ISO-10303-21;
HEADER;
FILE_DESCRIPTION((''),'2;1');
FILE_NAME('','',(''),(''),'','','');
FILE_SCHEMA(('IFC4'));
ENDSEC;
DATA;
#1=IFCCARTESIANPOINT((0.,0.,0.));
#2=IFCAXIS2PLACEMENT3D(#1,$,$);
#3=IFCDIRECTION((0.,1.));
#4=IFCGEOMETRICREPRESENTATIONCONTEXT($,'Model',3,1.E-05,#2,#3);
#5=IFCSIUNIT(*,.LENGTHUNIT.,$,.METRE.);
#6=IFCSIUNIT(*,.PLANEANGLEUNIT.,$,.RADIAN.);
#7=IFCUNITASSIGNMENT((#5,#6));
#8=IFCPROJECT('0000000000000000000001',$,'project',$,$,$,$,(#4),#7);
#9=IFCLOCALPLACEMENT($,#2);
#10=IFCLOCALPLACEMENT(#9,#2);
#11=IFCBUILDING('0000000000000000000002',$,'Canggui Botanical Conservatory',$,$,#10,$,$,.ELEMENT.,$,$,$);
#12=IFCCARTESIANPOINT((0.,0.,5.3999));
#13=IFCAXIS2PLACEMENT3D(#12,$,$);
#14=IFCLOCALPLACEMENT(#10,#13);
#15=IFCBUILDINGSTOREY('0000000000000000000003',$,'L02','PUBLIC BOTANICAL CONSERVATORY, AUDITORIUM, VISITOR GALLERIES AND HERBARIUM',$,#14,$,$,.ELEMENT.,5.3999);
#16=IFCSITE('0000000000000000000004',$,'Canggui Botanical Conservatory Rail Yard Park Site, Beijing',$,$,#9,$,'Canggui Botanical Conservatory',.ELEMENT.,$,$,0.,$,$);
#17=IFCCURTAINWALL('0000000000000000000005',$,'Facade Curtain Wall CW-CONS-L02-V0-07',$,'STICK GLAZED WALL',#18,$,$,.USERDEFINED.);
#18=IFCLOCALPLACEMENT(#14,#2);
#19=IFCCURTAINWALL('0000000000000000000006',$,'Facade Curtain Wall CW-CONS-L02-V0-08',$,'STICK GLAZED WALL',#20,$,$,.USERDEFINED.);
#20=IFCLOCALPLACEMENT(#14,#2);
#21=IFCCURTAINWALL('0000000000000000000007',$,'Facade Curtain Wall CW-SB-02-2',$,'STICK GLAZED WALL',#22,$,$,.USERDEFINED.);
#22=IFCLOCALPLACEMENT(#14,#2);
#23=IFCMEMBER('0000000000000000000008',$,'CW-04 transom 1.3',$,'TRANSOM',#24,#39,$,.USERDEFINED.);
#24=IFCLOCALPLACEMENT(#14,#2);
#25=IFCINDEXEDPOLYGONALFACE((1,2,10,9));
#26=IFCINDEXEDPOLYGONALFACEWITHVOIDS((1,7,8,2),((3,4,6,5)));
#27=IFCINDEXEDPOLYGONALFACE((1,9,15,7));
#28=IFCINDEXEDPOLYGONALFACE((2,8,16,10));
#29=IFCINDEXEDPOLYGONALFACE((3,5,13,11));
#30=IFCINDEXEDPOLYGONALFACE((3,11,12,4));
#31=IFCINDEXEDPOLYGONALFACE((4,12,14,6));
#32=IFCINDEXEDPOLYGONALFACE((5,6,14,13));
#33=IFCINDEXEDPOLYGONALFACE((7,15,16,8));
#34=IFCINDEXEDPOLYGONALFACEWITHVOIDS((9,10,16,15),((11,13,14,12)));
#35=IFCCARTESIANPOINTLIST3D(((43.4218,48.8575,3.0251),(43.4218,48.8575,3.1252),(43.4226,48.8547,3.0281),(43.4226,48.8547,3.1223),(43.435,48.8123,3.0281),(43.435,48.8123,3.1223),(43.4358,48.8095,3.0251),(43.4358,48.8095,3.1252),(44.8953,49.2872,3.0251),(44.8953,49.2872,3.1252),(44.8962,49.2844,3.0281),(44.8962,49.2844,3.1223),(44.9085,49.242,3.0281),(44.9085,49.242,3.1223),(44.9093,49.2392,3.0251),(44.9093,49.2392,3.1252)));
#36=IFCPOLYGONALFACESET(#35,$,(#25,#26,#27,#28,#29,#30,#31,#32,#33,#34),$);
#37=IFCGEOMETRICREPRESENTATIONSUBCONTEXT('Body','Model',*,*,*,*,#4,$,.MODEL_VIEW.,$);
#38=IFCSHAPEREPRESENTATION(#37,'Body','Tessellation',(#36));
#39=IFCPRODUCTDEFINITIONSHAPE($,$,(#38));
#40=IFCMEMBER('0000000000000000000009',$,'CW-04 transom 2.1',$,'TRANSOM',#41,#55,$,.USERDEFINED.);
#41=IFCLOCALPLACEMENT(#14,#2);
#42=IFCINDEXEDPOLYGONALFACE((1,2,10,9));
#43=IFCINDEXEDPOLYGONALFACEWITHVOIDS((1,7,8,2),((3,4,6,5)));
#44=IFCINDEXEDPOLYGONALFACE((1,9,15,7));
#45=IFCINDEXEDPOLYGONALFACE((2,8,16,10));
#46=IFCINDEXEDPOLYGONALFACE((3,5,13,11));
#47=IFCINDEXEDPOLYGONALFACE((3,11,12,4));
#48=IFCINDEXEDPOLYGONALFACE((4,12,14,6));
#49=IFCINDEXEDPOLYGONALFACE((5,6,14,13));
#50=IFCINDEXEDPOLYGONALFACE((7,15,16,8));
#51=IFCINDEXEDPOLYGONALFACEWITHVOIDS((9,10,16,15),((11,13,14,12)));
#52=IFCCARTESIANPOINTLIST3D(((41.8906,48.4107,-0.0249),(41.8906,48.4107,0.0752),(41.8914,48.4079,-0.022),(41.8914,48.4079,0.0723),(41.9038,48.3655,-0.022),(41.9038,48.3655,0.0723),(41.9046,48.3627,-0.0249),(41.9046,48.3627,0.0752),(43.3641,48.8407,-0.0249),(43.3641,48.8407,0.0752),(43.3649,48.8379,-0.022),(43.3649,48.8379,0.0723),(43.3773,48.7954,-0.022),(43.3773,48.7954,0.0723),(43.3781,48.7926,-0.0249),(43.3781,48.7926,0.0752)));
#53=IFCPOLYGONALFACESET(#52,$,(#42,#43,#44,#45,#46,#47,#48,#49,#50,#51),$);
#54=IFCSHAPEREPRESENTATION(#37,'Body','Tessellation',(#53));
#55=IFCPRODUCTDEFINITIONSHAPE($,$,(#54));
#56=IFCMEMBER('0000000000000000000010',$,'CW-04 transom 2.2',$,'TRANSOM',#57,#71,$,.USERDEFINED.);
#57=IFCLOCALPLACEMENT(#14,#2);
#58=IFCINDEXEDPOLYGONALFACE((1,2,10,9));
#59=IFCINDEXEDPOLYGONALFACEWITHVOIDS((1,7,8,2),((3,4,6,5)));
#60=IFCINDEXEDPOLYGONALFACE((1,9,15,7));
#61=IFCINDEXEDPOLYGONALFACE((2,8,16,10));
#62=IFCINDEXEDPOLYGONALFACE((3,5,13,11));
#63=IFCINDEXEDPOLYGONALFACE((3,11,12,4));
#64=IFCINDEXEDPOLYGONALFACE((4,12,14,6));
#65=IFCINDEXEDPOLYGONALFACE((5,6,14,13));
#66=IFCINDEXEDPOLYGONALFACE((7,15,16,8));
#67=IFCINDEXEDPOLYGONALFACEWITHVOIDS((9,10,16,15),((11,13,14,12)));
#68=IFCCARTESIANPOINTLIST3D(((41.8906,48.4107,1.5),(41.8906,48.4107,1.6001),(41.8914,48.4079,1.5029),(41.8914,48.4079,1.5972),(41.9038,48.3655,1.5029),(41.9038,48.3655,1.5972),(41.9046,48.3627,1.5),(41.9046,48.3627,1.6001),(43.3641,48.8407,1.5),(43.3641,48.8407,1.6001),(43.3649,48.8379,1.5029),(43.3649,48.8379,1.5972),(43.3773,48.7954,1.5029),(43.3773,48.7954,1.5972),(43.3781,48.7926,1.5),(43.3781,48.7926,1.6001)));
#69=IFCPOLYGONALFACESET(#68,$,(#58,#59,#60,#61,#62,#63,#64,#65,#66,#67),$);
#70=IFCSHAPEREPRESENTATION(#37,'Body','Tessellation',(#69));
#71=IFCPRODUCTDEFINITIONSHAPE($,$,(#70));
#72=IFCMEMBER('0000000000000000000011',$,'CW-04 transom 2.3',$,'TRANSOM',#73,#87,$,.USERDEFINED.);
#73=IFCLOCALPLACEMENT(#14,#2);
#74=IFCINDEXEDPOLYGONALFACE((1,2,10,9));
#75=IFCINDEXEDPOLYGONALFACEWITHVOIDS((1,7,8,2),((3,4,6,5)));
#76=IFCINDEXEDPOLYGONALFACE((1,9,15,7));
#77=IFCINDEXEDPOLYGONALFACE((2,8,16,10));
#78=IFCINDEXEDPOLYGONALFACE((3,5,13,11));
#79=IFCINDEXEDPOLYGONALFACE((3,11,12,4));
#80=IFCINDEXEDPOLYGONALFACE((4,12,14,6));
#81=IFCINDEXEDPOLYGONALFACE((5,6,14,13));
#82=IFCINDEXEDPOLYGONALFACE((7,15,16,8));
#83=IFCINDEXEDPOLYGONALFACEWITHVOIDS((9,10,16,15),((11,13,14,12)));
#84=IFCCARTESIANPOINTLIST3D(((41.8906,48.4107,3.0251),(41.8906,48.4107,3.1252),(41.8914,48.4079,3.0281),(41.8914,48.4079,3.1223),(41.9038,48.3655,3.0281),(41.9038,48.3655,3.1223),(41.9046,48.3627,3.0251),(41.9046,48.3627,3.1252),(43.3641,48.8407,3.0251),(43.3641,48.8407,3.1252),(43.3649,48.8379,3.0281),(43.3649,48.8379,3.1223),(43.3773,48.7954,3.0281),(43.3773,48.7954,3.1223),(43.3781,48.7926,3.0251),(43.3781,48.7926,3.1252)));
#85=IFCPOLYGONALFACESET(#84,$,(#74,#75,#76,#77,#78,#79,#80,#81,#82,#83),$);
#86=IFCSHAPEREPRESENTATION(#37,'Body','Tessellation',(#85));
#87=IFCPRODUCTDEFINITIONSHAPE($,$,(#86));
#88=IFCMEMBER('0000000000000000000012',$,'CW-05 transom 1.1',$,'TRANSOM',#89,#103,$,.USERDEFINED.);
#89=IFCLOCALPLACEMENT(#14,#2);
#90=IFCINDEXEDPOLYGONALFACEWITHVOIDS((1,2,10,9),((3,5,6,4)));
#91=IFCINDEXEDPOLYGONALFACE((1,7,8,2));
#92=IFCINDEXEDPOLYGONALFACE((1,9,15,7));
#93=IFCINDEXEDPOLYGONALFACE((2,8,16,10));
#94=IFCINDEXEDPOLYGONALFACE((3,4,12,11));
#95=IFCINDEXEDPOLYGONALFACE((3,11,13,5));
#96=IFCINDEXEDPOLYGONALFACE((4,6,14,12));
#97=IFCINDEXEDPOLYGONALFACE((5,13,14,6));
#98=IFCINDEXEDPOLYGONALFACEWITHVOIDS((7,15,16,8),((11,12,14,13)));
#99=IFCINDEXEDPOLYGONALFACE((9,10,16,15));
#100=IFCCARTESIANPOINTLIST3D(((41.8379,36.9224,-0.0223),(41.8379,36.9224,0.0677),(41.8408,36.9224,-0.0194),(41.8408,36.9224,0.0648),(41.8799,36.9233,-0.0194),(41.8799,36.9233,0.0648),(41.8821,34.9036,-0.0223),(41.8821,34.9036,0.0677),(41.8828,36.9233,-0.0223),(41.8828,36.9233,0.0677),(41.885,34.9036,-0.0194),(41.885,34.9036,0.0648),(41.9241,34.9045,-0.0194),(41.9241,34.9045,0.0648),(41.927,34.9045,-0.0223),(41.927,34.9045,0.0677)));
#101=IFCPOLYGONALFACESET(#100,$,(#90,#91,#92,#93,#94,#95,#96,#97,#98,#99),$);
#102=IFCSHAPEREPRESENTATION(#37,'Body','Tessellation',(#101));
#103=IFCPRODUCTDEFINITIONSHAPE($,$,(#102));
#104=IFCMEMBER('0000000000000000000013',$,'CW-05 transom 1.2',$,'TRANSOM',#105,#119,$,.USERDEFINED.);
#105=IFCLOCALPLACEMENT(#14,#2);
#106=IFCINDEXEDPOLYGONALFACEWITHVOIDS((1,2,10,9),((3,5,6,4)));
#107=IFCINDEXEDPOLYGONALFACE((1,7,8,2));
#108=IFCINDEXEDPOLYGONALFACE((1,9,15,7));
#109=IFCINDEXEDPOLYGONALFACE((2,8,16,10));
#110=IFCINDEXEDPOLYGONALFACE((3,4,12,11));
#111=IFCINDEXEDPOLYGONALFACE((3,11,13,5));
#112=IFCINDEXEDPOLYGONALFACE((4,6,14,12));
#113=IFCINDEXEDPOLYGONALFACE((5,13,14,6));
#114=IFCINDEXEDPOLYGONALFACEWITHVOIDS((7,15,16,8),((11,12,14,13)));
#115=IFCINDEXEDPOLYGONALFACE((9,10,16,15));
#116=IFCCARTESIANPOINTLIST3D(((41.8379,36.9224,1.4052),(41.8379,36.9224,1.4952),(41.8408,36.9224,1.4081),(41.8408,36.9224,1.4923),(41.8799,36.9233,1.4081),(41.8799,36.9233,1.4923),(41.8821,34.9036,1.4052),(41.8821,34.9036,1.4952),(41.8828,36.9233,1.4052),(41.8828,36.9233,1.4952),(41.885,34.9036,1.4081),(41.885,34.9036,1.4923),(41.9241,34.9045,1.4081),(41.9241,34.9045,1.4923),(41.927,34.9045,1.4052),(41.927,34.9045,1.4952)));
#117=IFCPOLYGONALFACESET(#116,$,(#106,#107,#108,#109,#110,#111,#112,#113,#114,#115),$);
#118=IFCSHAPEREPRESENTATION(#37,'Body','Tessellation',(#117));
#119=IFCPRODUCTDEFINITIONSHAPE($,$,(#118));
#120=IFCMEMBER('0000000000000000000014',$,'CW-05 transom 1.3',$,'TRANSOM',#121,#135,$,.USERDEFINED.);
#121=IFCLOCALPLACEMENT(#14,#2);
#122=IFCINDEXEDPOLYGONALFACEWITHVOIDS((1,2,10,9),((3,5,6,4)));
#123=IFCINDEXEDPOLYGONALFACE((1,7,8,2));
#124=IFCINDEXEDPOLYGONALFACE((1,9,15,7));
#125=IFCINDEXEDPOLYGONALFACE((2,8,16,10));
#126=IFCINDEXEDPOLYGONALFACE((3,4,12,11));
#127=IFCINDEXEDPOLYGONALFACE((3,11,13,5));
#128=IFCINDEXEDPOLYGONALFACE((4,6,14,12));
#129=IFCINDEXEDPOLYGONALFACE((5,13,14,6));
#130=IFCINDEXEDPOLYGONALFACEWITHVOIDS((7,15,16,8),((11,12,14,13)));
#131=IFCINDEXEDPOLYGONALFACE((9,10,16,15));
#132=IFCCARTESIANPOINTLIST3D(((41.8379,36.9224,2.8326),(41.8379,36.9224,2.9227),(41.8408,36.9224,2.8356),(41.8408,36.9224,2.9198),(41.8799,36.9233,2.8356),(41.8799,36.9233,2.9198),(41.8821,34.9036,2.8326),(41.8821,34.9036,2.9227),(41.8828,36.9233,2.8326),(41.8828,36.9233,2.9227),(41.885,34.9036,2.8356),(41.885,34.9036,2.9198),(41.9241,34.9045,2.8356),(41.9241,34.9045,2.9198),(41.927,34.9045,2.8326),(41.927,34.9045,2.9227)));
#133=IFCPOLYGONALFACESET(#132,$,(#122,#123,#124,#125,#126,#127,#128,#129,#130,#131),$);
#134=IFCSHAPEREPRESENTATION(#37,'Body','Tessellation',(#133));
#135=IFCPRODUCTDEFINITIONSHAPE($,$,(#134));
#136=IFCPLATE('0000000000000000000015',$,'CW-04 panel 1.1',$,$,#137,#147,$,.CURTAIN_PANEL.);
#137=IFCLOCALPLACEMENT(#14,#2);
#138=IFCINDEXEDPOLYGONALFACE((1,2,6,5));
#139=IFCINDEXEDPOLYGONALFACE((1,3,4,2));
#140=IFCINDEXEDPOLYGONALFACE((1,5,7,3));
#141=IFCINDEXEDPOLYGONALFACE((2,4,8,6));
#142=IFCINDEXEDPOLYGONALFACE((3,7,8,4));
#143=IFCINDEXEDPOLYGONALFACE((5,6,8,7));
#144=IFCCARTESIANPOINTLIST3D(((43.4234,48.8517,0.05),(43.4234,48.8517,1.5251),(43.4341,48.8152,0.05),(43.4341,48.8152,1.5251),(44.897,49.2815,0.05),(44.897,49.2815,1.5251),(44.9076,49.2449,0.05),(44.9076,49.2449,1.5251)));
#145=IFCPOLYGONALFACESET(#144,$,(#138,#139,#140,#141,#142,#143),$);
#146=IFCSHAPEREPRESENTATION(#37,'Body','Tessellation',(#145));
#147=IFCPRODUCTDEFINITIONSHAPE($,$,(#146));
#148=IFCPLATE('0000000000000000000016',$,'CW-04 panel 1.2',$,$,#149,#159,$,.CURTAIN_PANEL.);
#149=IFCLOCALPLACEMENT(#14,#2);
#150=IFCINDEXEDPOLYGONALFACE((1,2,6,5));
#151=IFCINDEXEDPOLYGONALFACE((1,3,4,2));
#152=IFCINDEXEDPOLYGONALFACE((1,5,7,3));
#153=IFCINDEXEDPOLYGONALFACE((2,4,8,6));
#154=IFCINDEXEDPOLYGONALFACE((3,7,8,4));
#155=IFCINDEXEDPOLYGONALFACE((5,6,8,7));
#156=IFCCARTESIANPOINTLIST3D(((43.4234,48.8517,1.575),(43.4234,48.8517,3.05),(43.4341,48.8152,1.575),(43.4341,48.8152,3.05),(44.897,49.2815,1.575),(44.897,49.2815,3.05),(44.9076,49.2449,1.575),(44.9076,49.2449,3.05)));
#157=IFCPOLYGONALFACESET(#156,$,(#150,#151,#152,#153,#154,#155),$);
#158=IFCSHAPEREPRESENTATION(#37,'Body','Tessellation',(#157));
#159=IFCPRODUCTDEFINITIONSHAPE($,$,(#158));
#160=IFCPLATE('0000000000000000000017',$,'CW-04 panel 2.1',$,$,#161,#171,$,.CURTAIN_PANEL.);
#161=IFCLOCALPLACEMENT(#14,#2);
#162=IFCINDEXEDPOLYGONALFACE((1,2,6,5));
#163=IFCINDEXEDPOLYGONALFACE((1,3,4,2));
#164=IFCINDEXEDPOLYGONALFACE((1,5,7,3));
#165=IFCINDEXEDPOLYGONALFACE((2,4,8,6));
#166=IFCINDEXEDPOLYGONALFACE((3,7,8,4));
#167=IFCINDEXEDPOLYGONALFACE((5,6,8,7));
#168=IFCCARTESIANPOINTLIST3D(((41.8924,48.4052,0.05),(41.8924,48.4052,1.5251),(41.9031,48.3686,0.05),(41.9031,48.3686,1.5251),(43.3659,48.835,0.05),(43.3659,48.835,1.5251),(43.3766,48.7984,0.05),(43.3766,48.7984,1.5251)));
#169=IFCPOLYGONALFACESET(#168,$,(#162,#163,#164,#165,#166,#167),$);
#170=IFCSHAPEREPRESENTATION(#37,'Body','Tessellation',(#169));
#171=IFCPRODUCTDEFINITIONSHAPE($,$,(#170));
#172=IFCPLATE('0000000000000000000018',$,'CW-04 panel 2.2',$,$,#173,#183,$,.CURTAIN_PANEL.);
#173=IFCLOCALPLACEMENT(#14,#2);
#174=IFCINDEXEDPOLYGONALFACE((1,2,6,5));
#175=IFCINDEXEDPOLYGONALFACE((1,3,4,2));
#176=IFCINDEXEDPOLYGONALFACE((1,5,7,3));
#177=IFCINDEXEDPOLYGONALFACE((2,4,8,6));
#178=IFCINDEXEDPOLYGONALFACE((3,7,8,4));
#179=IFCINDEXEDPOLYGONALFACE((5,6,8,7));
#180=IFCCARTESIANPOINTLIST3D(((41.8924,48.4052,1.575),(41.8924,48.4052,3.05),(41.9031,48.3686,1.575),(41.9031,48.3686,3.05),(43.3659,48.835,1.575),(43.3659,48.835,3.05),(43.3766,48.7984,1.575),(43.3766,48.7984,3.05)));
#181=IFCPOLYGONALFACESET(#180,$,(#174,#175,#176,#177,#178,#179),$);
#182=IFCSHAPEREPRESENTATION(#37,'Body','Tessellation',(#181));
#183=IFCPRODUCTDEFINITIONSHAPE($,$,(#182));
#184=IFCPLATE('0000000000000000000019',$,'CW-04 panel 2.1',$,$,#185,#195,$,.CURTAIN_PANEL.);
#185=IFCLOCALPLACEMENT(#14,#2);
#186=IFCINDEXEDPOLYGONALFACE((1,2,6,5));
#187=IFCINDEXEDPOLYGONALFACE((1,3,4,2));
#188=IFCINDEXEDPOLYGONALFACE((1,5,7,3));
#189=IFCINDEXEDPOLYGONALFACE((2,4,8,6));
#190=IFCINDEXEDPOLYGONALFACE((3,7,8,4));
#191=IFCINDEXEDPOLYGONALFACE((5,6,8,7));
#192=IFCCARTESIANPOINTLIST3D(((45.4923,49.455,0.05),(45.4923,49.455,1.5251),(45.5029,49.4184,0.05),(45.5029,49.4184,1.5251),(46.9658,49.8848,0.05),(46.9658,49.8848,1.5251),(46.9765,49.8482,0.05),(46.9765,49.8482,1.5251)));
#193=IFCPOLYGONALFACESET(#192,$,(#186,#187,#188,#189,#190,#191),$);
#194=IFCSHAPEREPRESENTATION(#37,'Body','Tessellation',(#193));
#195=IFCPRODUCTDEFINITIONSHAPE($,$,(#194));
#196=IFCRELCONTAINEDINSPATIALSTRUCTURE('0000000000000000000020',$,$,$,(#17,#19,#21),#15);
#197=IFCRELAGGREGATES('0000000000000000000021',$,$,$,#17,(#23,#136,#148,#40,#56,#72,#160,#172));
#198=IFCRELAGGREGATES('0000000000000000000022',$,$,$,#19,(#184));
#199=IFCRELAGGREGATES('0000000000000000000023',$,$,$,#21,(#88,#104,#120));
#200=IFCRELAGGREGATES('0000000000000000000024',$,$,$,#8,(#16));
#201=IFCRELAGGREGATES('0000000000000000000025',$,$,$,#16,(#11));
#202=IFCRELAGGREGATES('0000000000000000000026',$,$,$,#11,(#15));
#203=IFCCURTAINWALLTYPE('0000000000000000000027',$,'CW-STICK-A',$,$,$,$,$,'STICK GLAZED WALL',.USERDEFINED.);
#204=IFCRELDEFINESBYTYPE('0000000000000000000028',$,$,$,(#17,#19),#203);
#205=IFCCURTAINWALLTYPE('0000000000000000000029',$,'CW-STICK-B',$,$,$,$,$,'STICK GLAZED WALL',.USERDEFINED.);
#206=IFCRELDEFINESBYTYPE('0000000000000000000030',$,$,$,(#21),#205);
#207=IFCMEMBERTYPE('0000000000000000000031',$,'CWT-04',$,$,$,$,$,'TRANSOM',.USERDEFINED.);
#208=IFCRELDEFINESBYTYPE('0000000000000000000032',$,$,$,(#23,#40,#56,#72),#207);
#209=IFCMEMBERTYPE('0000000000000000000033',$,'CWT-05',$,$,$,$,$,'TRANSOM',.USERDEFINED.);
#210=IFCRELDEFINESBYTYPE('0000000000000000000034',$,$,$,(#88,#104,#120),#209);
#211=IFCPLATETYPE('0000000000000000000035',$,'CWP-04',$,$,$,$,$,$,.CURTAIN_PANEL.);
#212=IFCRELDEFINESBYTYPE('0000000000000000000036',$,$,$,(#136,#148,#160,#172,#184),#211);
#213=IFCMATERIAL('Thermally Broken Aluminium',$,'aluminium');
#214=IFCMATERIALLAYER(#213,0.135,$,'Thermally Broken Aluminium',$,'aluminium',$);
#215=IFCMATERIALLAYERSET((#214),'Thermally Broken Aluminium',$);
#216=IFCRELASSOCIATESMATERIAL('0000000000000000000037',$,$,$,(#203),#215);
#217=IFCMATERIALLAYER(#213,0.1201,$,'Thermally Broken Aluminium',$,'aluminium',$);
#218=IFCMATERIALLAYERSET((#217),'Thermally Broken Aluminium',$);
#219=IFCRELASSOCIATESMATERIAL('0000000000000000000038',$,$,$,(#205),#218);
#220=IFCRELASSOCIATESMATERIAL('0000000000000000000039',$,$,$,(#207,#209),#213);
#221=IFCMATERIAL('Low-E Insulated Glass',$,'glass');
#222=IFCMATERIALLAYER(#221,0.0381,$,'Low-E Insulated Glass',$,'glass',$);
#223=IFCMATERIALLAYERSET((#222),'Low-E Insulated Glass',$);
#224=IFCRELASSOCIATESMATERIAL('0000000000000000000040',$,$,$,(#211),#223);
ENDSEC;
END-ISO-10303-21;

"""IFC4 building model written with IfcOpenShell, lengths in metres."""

from ifc_helpers import new_model, si_unit, direction, frame, origin, origin_2d, place, context, subcontext, project, spatial, rectangle, hollow_rectangle, extrude, material, layer, layer_set, material_profile, profile_set, type_object, element, aggregate, save


model = new_model("IFC4")

# Units and contexts
model_context = context("Model", 3, precision=1e-05, world=origin(), true_north=direction((0.0, 1.0)))
body_context = subcontext(model_context, "Body", "Model", "MODEL_VIEW")
ifc_project = project(units=[si_unit("LENGTHUNIT", "METRE"), si_unit("PLANEANGLEUNIT", "RADIAN")], contexts=[model_context])

# Site, building, storey
site_placement = place(None, origin())
site = spatial("IfcSite", under=ifc_project, at=site_placement, Name="Canggui Botanical Conservatory Rail Yard Park Site, Beijing", LongName="Canggui Botanical Conservatory", CompositionType="ELEMENT", RefElevation=0.0)
building_placement = place(site_placement, origin())
building = spatial("IfcBuilding", under=site, at=building_placement, Name="Canggui Botanical Conservatory", CompositionType="ELEMENT")
storey_placement = place(building_placement, frame((0.0, 0.0, 5.3999)))
storey = spatial("IfcBuildingStorey", under=building, at=storey_placement, Name="L02", Description="PUBLIC BOTANICAL CONSERVATORY, AUDITORIUM, VISITOR GALLERIES AND HERBARIUM", CompositionType="ELEMENT", Elevation=5.3999)

# Curtain wall
ifc_material_1 = material(Name="Thermally Broken Aluminium", Category="aluminium")
ifc_layer_1 = layer(ifc_material_1, 0.135, Name="Thermally Broken Aluminium", Category="aluminium")
ifc_layer_set_1 = layer_set([ifc_layer_1], Name="Thermally Broken Aluminium")
curtain_wall_type_1 = type_object("IfcCurtainWallType", Name="CW-STICK-A", ElementType="STICK GLAZED WALL", PredefinedType="USERDEFINED", material=ifc_layer_set_1)
curtain_wall_1_placement = place(storey_placement, origin())
curtain_wall_1 = element("IfcCurtainWall", 1, at=curtain_wall_1_placement, inside=storey, type_object=curtain_wall_type_1, Name="Facade Curtain Wall CW-CONS-L02-V0-07", ObjectType="STICK GLAZED WALL", PredefinedType="USERDEFINED")

# Curtain walls
curtain_wall_2_placement = place(storey_placement, origin())
curtain_wall_2 = element("IfcCurtainWall", 2, at=curtain_wall_2_placement, inside=storey, type_object=curtain_wall_type_1, Name="Facade Curtain Wall CW-CONS-L02-V0-08", ObjectType="STICK GLAZED WALL", PredefinedType="USERDEFINED")
ifc_layer_2 = layer(ifc_material_1, 0.1201, Name="Thermally Broken Aluminium", Category="aluminium")
ifc_layer_set_2 = layer_set([ifc_layer_2], Name="Thermally Broken Aluminium")
curtain_wall_type_2 = type_object("IfcCurtainWallType", Name="CW-STICK-B", ElementType="STICK GLAZED WALL", PredefinedType="USERDEFINED", material=ifc_layer_set_2)
curtain_wall_3_placement = place(storey_placement, origin())
curtain_wall_3 = element("IfcCurtainWall", 3, at=curtain_wall_3_placement, inside=storey, type_object=curtain_wall_type_2, Name="Facade Curtain Wall CW-SB-02-2", ObjectType="STICK GLAZED WALL", PredefinedType="USERDEFINED")

# Members
ifc_material_profile_1 = material_profile(ifc_material_1, hollow_rectangle(XDim=0.05, YDim=0.1001, WallThickness=0.0029, at=origin_2d()), Name="CWT 50x100x3")
ifc_profile_set_1 = profile_set([ifc_material_profile_1], Name="Thermally Broken Aluminium")
member_type_1 = type_object("IfcMemberType", Name="CWT-04", ElementType="TRANSOM", PredefinedType="USERDEFINED", material=ifc_profile_set_1)
member_1_placement = place(storey_placement, frame((44.9023, 49.2632, 3.0752), z_axis=(-0.960021, -0.279927, 0.0), x_axis=(0.279927, -0.960021, 0.0)))
member_1 = element("IfcMember", 4, at=member_1_placement, type_object=member_type_1, Name="CW-04 transom 1.3", ObjectType="TRANSOM", PredefinedType="USERDEFINED", context=body_context, shape_type="SweptSolid", body=[
    extrude(hollow_rectangle(XDim=0.05, YDim=0.1001, WallThickness=0.0029, at=origin_2d()), origin(), (0.0, 0.0, 1.0), 1.5349),
])
member_2_placement = place(storey_placement, frame((43.3711, 48.8167, 0.0251), z_axis=(-0.959966, -0.280116, 0.0), x_axis=(0.280116, -0.959966, 0.0)))
member_2 = element("IfcMember", 5, at=member_2_placement, type_object=member_type_1, Name="CW-04 transom 2.1", ObjectType="TRANSOM", PredefinedType="USERDEFINED", context=body_context, shape_type="SweptSolid", body=[
    extrude(hollow_rectangle(XDim=0.05, YDim=0.1001, WallThickness=0.0029, at=origin_2d()), origin(), (0.0, 0.0, 1.0), 1.5349),
])
member_3_placement = place(storey_placement, frame((43.3711, 48.8167, 1.55), z_axis=(-0.959966, -0.280116, 0.0), x_axis=(0.280116, -0.959966, 0.0)))
member_3 = element("IfcMember", 6, at=member_3_placement, type_object=member_type_1, Name="CW-04 transom 2.2", ObjectType="TRANSOM", PredefinedType="USERDEFINED", context=body_context, shape_type="SweptSolid", body=[
    extrude(hollow_rectangle(XDim=0.05, YDim=0.1001, WallThickness=0.0029, at=origin_2d()), origin(), (0.0, 0.0, 1.0), 1.5349),
])
member_4_placement = place(storey_placement, frame((43.3711, 48.8167, 3.0752), z_axis=(-0.959966, -0.280116, 0.0), x_axis=(0.280116, -0.959966, 0.0)))
member_4 = element("IfcMember", 7, at=member_4_placement, type_object=member_type_1, Name="CW-04 transom 2.3", ObjectType="TRANSOM", PredefinedType="USERDEFINED", context=body_context, shape_type="SweptSolid", body=[
    extrude(hollow_rectangle(XDim=0.05, YDim=0.1001, WallThickness=0.0029, at=origin_2d()), origin(), (0.0, 0.0, 1.0), 1.5349),
])
ifc_material_profile_2 = material_profile(ifc_material_1, hollow_rectangle(XDim=0.0449, YDim=0.0901, WallThickness=0.0029, at=origin_2d()), Name="CWT 45x90x3")
ifc_profile_set_2 = profile_set([ifc_material_profile_2], Name="Thermally Broken Aluminium")
member_type_2 = type_object("IfcMemberType", Name="CWT-05", ElementType="TRANSOM", PredefinedType="USERDEFINED", material=ifc_profile_set_2)
member_5_placement = place(storey_placement, frame((41.9045, 34.9041, 0.0227), z_axis=(-0.021884, 0.999761, 0.0), x_axis=(-0.999761, -0.021884, 0.0)))
member_5 = element("IfcMember", 8, at=member_5_placement, type_object=member_type_2, Name="CW-05 transom 1.1", ObjectType="TRANSOM", PredefinedType="USERDEFINED", context=body_context, shape_type="SweptSolid", body=[
    extrude(hollow_rectangle(XDim=0.0449, YDim=0.0901, WallThickness=0.0029, at=origin_2d()), origin(), (0.0, 0.0, 1.0), 2.0193),
])
member_6_placement = place(storey_placement, frame((41.9045, 34.9041, 1.4502), z_axis=(-0.021884, 0.999761, 0.0), x_axis=(-0.999761, -0.021884, 0.0)))
member_6 = element("IfcMember", 9, at=member_6_placement, type_object=member_type_2, Name="CW-05 transom 1.2", ObjectType="TRANSOM", PredefinedType="USERDEFINED", context=body_context, shape_type="SweptSolid", body=[
    extrude(hollow_rectangle(XDim=0.0449, YDim=0.0901, WallThickness=0.0029, at=origin_2d()), origin(), (0.0, 0.0, 1.0), 2.0193),
])
member_7_placement = place(storey_placement, frame((41.9045, 34.9041, 2.8777), z_axis=(-0.021884, 0.999761, 0.0), x_axis=(-0.999761, -0.021884, 0.0)))
member_7 = element("IfcMember", 10, at=member_7_placement, type_object=member_type_2, Name="CW-05 transom 1.3", ObjectType="TRANSOM", PredefinedType="USERDEFINED", context=body_context, shape_type="SweptSolid", body=[
    extrude(hollow_rectangle(XDim=0.0449, YDim=0.0901, WallThickness=0.0029, at=origin_2d()), origin(), (0.0, 0.0, 1.0), 2.0193),
])

# Plates
ifc_material_2 = material(Name="Low-E Insulated Glass", Category="glass")
ifc_layer_3 = layer(ifc_material_2, 0.0381, Name="Low-E Insulated Glass", Category="glass")
ifc_layer_set_3 = layer_set([ifc_layer_3], Name="Low-E Insulated Glass")
plate_type_1 = type_object("IfcPlateType", Name="CWP-04", PredefinedType="CURTAIN_PANEL", material=ifc_layer_set_3)
plate_1_placement = place(storey_placement, frame((44.1655, 49.0483, 0.05), z_axis=(0.0, 0.0, 1.0), x_axis=(-0.96, -0.28, 0.0)))
plate_1 = element("IfcPlate", 11, at=plate_1_placement, type_object=plate_type_1, Name="CW-04 panel 1.1", PredefinedType="CURTAIN_PANEL", context=body_context, shape_type="SweptSolid", body=[
    extrude(rectangle(XDim=1.5349, YDim=0.0381, at=origin_2d()), origin(), (0.0, 0.0, 1.0), 1.4751),
])
plate_2_placement = place(storey_placement, frame((44.1655, 49.0483, 1.575), z_axis=(0.0, 0.0, 1.0), x_axis=(-0.96, -0.28, 0.0)))
plate_2 = element("IfcPlate", 12, at=plate_2_placement, type_object=plate_type_1, Name="CW-04 panel 1.2", PredefinedType="CURTAIN_PANEL", context=body_context, shape_type="SweptSolid", body=[
    extrude(rectangle(XDim=1.5349, YDim=0.0381, at=origin_2d()), origin(), (0.0, 0.0, 1.0), 1.4751),
])
plate_3_placement = place(storey_placement, frame((42.6345, 48.6018, 0.05), z_axis=(0.0, 0.0, 1.0), x_axis=(-0.96, -0.28, 0.0)))
plate_3 = element("IfcPlate", 13, at=plate_3_placement, type_object=plate_type_1, Name="CW-04 panel 2.1", PredefinedType="CURTAIN_PANEL", context=body_context, shape_type="SweptSolid", body=[
    extrude(rectangle(XDim=1.5349, YDim=0.0381, at=origin_2d()), origin(), (0.0, 0.0, 1.0), 1.4751),
])
plate_4_placement = place(storey_placement, frame((42.6345, 48.6018, 1.575), z_axis=(0.0, 0.0, 1.0), x_axis=(-0.96, -0.28, 0.0)))
plate_4 = element("IfcPlate", 14, at=plate_4_placement, type_object=plate_type_1, Name="CW-04 panel 2.2", PredefinedType="CURTAIN_PANEL", context=body_context, shape_type="SweptSolid", body=[
    extrude(rectangle(XDim=1.5349, YDim=0.0381, at=origin_2d()), origin(), (0.0, 0.0, 1.0), 1.4751),
])
aggregate(curtain_wall_1, [member_1, plate_1, plate_2, member_2, member_3, member_4, plate_3, plate_4])
plate_5_placement = place(storey_placement, frame((46.2344, 49.6516, 0.05), z_axis=(0.0, 0.0, 1.0), x_axis=(-0.96, -0.28, 0.0)))
plate_5 = element("IfcPlate", 15, at=plate_5_placement, type_object=plate_type_1, Name="CW-04 panel 2.1", PredefinedType="CURTAIN_PANEL", context=body_context, shape_type="SweptSolid", body=[
    extrude(rectangle(XDim=1.5349, YDim=0.0381, at=origin_2d()), origin(), (0.0, 0.0, 1.0), 1.4751),
])
aggregate(curtain_wall_2, [plate_5])
aggregate(curtain_wall_3, [member_5, member_6, member_7])

save(model, "model.ifc")
